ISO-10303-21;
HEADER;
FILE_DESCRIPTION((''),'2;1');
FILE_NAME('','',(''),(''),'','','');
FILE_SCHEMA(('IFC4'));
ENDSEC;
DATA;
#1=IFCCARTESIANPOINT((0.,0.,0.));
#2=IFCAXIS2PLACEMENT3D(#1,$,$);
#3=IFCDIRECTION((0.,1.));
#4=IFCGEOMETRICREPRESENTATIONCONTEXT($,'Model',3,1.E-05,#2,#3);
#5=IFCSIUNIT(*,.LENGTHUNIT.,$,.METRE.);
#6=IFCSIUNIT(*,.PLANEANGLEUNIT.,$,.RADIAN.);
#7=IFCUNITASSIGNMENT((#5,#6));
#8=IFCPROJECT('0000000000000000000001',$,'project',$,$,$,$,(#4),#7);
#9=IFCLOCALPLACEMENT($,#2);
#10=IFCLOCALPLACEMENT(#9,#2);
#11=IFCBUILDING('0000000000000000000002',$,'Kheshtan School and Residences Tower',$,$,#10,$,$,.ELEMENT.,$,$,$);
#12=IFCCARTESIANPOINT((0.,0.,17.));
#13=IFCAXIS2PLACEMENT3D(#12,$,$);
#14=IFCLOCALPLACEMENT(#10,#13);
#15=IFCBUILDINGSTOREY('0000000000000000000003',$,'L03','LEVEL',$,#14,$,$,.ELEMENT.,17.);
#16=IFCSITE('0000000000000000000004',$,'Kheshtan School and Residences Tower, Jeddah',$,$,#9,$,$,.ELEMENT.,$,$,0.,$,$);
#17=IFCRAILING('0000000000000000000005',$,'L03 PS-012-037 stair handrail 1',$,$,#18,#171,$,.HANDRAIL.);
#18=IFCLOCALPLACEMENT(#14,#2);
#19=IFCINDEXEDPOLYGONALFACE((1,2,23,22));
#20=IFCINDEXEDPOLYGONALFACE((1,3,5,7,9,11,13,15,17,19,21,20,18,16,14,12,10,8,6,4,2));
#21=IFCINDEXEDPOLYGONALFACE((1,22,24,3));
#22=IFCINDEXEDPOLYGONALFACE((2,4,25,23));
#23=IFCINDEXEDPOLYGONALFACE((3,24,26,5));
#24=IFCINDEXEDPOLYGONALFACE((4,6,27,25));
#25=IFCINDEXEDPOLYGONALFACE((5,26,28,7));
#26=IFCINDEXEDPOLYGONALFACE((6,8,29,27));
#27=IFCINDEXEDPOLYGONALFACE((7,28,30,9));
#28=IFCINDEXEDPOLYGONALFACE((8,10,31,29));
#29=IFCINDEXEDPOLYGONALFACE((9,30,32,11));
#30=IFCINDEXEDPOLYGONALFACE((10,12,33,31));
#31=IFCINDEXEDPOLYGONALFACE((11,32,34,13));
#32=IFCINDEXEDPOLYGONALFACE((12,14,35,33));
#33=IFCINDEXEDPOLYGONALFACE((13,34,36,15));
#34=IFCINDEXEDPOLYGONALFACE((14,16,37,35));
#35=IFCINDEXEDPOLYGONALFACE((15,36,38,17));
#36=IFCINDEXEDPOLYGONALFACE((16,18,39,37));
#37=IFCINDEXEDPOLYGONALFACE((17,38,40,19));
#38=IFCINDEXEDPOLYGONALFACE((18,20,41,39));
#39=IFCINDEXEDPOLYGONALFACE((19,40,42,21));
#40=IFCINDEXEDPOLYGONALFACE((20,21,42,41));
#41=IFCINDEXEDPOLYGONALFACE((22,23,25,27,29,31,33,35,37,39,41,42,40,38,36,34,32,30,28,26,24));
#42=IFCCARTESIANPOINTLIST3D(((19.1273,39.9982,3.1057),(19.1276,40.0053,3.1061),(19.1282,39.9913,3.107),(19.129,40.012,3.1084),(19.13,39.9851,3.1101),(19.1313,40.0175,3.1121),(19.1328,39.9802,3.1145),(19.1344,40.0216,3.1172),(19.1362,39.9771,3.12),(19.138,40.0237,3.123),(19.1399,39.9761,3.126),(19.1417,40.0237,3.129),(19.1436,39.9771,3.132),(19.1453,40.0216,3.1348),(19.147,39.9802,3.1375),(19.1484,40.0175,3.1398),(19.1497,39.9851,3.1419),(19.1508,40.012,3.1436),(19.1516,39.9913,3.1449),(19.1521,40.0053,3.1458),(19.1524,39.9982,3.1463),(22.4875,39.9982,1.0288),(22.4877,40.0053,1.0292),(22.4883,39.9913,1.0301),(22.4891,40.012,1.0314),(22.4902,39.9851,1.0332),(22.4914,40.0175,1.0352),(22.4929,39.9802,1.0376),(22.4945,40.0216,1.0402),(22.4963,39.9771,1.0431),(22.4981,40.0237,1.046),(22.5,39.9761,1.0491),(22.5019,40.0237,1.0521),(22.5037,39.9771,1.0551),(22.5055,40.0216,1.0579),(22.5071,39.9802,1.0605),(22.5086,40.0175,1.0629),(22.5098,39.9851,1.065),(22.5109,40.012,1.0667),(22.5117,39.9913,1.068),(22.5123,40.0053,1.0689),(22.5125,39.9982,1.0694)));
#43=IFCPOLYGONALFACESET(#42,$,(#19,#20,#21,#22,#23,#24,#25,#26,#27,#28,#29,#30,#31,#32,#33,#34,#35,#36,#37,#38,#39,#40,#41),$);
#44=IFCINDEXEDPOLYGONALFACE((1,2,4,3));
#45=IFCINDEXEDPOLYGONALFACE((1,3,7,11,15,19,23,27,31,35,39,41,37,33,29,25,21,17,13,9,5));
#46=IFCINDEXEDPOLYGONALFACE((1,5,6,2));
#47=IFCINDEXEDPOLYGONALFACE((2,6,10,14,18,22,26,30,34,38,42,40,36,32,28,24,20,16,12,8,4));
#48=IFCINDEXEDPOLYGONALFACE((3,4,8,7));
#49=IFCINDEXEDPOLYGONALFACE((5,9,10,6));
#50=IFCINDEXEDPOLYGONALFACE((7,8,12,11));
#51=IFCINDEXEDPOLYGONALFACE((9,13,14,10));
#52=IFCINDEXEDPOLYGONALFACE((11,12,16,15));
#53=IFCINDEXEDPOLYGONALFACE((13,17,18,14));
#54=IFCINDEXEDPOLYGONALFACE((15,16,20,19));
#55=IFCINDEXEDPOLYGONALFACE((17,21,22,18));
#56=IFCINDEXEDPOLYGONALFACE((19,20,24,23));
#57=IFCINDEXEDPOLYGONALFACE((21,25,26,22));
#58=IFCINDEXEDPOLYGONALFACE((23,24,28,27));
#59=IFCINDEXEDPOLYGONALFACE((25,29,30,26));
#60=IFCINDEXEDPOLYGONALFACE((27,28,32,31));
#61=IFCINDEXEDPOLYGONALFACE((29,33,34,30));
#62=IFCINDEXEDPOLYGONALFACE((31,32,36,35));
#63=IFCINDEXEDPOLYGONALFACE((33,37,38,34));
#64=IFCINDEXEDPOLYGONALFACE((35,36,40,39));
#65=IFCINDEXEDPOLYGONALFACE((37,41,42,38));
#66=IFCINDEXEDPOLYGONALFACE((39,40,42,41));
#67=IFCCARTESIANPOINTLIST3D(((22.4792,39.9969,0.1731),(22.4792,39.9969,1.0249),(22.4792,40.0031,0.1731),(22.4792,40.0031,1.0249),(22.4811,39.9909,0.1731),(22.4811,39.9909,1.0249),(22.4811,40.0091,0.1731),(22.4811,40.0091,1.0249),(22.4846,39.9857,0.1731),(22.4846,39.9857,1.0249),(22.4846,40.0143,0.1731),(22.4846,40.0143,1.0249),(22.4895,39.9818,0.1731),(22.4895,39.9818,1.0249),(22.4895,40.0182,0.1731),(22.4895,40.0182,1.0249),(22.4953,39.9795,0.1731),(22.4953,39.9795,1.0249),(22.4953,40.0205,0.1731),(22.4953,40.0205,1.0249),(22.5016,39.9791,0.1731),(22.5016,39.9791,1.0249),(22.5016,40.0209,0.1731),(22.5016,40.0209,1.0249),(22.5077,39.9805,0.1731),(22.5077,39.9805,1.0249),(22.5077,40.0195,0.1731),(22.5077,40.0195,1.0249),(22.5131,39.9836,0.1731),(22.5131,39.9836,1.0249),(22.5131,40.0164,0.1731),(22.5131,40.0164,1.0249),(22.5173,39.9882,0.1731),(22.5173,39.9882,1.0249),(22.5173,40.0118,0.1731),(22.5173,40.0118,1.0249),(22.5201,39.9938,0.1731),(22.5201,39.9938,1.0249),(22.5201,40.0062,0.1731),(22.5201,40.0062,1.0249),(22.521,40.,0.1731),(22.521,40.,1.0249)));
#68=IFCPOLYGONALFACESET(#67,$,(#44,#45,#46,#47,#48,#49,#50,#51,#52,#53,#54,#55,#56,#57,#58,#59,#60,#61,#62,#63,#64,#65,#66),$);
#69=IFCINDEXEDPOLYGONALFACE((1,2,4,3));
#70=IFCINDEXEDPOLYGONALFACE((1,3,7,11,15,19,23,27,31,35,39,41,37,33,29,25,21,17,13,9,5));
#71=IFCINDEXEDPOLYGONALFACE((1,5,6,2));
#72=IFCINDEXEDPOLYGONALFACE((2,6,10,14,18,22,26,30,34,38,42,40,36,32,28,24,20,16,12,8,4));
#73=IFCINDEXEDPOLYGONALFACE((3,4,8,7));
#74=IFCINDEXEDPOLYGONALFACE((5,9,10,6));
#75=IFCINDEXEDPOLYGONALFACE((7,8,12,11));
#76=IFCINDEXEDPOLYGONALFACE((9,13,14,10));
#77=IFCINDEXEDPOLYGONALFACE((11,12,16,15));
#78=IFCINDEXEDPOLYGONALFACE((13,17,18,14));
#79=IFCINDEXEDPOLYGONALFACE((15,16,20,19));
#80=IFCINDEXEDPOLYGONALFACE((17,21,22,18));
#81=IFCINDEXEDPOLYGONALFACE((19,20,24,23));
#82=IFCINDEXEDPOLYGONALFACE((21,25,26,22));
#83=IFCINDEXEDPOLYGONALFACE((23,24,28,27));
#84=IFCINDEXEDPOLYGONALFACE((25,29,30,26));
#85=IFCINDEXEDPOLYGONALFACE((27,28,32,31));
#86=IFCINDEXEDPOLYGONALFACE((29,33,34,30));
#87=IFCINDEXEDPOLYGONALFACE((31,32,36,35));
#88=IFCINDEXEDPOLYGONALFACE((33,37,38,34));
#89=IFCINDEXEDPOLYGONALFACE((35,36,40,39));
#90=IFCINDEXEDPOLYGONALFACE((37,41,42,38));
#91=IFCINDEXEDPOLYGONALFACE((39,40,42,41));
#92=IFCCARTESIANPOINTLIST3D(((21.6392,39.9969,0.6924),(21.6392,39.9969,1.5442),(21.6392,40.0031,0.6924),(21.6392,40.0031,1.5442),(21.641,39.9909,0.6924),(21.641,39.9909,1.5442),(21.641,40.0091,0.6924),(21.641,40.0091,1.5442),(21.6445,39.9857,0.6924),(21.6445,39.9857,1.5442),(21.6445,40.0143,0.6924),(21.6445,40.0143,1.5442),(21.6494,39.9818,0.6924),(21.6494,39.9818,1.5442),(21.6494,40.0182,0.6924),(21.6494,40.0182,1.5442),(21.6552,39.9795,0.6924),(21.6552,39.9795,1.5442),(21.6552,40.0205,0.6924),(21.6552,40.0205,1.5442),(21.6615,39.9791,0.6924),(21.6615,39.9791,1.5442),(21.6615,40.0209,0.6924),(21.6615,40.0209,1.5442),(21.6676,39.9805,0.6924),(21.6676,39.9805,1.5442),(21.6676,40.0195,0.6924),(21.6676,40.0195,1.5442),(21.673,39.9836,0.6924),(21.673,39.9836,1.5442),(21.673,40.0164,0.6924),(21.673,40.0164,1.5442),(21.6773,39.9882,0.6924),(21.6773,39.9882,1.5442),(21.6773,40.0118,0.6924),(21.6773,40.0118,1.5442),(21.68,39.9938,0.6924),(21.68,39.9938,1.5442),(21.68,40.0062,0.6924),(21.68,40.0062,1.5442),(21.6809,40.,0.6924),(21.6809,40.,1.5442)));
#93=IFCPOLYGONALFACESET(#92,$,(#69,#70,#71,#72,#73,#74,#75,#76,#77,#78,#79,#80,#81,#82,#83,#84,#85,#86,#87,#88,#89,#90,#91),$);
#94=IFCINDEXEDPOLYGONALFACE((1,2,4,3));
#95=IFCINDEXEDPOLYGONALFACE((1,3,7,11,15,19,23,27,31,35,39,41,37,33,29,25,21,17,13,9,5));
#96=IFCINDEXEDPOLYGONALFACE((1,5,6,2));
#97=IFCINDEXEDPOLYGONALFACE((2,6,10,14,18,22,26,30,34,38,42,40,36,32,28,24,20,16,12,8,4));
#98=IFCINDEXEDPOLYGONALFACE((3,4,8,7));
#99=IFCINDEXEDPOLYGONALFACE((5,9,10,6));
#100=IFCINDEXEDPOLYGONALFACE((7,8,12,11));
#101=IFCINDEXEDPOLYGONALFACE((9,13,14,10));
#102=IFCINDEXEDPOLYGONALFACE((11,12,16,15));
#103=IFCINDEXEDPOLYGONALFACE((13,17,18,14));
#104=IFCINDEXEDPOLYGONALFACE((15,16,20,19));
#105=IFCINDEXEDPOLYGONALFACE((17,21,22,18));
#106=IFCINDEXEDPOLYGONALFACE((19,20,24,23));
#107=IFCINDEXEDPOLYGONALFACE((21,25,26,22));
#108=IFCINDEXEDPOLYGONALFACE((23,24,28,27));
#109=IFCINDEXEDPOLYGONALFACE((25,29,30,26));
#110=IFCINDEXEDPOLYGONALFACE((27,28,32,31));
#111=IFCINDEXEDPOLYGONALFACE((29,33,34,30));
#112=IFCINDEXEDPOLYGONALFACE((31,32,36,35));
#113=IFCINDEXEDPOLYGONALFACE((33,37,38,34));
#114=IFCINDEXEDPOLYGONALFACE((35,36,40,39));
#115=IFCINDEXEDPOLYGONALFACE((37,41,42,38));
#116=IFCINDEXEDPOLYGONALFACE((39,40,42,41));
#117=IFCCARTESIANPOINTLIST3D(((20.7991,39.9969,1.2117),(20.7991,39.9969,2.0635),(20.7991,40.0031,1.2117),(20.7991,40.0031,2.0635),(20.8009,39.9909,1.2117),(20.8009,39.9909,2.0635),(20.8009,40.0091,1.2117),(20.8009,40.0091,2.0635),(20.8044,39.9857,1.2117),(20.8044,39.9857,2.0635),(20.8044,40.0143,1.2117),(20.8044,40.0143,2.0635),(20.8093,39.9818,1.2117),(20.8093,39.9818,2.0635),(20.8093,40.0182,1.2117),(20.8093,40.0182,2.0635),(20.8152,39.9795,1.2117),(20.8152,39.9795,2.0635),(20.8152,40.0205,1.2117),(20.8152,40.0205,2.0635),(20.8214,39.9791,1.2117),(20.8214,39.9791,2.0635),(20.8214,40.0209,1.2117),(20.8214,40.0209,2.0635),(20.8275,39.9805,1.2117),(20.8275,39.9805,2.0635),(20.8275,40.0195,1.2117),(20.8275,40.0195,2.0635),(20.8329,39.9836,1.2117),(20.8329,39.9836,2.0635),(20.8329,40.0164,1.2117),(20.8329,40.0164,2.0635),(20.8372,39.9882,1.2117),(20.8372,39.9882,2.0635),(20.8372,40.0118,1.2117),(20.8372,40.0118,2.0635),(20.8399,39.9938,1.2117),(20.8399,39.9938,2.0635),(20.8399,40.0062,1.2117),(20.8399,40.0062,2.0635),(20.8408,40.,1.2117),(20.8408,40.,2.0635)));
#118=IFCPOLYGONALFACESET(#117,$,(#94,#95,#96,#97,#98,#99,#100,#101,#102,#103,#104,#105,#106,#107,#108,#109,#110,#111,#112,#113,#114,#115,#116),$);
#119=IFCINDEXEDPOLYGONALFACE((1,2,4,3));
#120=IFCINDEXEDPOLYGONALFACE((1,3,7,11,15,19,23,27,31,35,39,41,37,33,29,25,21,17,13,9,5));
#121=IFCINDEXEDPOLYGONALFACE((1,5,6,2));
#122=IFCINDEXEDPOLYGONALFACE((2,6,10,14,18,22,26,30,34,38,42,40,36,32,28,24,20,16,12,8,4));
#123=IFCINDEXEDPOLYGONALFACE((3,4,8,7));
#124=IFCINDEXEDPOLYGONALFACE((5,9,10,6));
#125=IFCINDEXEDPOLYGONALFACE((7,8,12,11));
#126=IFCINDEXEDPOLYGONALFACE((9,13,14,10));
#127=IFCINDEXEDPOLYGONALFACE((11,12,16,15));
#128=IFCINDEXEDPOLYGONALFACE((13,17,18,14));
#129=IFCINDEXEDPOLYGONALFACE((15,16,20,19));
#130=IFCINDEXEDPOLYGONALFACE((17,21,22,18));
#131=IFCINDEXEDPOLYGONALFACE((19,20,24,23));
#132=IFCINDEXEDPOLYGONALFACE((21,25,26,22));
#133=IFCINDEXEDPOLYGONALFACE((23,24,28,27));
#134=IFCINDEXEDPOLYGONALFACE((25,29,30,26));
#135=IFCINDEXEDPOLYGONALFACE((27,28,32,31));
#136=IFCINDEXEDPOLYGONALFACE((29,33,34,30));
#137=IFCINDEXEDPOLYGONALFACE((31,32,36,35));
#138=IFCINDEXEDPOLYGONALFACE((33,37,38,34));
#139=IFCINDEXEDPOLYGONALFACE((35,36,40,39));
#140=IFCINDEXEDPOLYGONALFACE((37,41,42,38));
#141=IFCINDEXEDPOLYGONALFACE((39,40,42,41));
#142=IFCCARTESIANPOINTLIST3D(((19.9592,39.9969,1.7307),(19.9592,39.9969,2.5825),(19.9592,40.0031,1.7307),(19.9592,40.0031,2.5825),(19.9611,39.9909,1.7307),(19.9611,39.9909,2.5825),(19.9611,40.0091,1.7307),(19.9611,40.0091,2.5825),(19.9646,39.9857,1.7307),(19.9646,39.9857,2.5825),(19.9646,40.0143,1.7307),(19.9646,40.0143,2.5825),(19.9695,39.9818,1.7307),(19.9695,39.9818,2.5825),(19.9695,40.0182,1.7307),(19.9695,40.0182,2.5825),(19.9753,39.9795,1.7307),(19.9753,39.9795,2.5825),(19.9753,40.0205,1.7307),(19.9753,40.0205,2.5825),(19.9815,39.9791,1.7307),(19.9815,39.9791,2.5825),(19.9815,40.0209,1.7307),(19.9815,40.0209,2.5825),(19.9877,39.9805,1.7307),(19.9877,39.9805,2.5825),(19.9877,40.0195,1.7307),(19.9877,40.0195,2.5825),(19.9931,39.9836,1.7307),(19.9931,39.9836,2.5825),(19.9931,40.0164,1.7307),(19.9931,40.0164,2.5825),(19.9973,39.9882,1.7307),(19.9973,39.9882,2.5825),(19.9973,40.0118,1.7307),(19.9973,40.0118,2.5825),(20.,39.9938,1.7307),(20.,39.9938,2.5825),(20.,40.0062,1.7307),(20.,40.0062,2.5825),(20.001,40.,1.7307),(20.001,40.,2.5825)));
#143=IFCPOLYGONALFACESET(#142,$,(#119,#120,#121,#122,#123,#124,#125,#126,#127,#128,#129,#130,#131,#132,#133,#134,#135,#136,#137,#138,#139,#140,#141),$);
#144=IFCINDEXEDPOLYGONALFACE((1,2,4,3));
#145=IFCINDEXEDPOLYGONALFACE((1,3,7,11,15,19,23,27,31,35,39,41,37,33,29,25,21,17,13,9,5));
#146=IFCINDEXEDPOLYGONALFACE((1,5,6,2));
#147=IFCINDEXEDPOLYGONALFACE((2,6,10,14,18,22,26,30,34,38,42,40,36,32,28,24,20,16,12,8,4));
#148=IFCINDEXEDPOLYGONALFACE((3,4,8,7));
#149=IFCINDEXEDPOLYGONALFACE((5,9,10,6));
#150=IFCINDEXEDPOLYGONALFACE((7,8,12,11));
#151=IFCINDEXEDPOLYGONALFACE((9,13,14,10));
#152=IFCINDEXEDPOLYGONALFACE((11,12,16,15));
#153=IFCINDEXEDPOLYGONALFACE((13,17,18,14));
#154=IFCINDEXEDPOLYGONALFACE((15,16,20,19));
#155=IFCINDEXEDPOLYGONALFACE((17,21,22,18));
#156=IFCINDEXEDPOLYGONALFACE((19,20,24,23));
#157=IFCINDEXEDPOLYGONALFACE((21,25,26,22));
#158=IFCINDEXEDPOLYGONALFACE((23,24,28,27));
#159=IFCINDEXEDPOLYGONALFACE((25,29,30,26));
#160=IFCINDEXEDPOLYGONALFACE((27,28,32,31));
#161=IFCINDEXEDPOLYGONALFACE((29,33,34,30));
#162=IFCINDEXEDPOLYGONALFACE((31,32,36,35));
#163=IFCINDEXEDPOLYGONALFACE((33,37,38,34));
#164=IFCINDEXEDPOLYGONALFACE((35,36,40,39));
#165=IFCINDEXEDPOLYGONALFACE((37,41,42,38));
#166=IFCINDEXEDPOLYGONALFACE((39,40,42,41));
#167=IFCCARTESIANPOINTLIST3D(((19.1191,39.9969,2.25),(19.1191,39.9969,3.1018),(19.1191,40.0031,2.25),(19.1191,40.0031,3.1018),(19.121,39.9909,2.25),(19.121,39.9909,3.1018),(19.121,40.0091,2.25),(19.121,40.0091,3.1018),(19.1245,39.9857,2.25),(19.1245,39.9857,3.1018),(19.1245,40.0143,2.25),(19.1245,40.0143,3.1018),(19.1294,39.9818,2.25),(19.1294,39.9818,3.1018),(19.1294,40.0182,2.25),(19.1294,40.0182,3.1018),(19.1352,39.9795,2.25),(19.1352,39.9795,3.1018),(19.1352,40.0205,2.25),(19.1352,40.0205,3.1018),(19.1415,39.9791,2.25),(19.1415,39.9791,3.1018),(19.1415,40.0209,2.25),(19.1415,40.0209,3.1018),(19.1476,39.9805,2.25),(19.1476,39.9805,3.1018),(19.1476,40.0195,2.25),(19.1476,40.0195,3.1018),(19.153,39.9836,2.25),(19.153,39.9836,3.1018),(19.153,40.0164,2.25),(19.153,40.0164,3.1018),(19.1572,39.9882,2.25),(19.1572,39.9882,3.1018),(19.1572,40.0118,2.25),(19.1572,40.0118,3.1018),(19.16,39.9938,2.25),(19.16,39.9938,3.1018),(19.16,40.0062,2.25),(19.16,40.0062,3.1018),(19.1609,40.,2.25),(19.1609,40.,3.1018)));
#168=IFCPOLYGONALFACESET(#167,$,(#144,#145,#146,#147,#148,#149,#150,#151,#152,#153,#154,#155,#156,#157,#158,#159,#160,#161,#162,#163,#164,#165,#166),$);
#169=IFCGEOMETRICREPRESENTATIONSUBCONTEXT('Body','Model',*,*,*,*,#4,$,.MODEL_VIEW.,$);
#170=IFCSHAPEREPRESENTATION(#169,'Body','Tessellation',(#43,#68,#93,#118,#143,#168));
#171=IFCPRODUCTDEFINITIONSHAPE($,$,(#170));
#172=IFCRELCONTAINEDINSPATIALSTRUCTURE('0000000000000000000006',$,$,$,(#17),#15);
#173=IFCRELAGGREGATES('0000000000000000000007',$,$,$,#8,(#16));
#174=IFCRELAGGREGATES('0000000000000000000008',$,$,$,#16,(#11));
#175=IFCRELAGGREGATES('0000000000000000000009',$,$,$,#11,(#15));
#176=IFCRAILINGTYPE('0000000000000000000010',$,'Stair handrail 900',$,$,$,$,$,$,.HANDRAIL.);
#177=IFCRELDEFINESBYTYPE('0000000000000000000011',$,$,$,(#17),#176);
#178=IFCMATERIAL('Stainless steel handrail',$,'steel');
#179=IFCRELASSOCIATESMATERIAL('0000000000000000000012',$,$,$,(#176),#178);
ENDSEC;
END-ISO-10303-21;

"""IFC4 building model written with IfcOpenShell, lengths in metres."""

from ifc_helpers import new_model, si_unit, direction, frame, origin, origin_2d, place, context, subcontext, project, spatial, circle, extrude, material, type_object, element, save


model = new_model("IFC4")

# Units and contexts
model_context = context("Model", 3, precision=1e-05, world=origin(), true_north=direction((0.0, 1.0)))
body_context = subcontext(model_context, "Body", "Model", "MODEL_VIEW")
ifc_project = project(units=[si_unit("LENGTHUNIT", "METRE"), si_unit("PLANEANGLEUNIT", "RADIAN")], contexts=[model_context])

# Site, building, storey
site_placement = place(None, origin())
site = spatial("IfcSite", under=ifc_project, at=site_placement, Name="Kheshtan School and Residences Tower, Jeddah", CompositionType="ELEMENT", RefElevation=0.0)
building_placement = place(site_placement, origin())
building = spatial("IfcBuilding", under=site, at=building_placement, Name="Kheshtan School and Residences Tower", CompositionType="ELEMENT")
storey_placement = place(building_placement, frame((0.0, 0.0, 17.0)))
storey = spatial("IfcBuildingStorey", under=building, at=storey_placement, Name="L03", Description="LEVEL", CompositionType="ELEMENT", Elevation=17.0)

# Railing
ifc_material_1 = material(Name="Stainless steel handrail", Category="steel")
railing_type_1 = type_object("IfcRailingType", Name="Stair handrail 900", PredefinedType="HANDRAIL", material=ifc_material_1)
railing_1_placement = place(storey_placement, frame((22.5, 40.0, 0.1731)))
element("IfcRailing", 1, at=railing_1_placement, inside=storey, type_object=railing_type_1, Name="L03 PS-012-037 stair handrail 1", PredefinedType="HANDRAIL", context=body_context, shape_type="SweptSolid", body=[
    extrude(circle(Radius=0.0239, at=origin_2d()), frame((0.0, 0.0, 0.876), z_axis=(-0.850623, 0.0, 0.525776), x_axis=(0.0, -1.0, 0.0)), (0.0, 0.0, 1.0), 3.9502),
    extrude(circle(Radius=0.021, at=origin_2d()), origin(), (0.0, 0.0, 1.0), 0.8518),
    extrude(circle(Radius=0.021, at=origin_2d()), frame((-0.8401, 0.0, 0.5193)), (0.0, 0.0, 1.0), 0.8518),
    extrude(circle(Radius=0.021, at=origin_2d()), frame((-1.6802, 0.0, 1.0386)), (0.0, 0.0, 1.0), 0.8518),
    extrude(circle(Radius=0.021, at=origin_2d()), frame((-2.52, 0.0, 1.5576)), (0.0, 0.0, 1.0), 0.8518),
    extrude(circle(Radius=0.021, at=origin_2d()), frame((-3.3601, 0.0, 2.0769)), (0.0, 0.0, 1.0), 0.8518),
])

save(model, "model.ifc")
